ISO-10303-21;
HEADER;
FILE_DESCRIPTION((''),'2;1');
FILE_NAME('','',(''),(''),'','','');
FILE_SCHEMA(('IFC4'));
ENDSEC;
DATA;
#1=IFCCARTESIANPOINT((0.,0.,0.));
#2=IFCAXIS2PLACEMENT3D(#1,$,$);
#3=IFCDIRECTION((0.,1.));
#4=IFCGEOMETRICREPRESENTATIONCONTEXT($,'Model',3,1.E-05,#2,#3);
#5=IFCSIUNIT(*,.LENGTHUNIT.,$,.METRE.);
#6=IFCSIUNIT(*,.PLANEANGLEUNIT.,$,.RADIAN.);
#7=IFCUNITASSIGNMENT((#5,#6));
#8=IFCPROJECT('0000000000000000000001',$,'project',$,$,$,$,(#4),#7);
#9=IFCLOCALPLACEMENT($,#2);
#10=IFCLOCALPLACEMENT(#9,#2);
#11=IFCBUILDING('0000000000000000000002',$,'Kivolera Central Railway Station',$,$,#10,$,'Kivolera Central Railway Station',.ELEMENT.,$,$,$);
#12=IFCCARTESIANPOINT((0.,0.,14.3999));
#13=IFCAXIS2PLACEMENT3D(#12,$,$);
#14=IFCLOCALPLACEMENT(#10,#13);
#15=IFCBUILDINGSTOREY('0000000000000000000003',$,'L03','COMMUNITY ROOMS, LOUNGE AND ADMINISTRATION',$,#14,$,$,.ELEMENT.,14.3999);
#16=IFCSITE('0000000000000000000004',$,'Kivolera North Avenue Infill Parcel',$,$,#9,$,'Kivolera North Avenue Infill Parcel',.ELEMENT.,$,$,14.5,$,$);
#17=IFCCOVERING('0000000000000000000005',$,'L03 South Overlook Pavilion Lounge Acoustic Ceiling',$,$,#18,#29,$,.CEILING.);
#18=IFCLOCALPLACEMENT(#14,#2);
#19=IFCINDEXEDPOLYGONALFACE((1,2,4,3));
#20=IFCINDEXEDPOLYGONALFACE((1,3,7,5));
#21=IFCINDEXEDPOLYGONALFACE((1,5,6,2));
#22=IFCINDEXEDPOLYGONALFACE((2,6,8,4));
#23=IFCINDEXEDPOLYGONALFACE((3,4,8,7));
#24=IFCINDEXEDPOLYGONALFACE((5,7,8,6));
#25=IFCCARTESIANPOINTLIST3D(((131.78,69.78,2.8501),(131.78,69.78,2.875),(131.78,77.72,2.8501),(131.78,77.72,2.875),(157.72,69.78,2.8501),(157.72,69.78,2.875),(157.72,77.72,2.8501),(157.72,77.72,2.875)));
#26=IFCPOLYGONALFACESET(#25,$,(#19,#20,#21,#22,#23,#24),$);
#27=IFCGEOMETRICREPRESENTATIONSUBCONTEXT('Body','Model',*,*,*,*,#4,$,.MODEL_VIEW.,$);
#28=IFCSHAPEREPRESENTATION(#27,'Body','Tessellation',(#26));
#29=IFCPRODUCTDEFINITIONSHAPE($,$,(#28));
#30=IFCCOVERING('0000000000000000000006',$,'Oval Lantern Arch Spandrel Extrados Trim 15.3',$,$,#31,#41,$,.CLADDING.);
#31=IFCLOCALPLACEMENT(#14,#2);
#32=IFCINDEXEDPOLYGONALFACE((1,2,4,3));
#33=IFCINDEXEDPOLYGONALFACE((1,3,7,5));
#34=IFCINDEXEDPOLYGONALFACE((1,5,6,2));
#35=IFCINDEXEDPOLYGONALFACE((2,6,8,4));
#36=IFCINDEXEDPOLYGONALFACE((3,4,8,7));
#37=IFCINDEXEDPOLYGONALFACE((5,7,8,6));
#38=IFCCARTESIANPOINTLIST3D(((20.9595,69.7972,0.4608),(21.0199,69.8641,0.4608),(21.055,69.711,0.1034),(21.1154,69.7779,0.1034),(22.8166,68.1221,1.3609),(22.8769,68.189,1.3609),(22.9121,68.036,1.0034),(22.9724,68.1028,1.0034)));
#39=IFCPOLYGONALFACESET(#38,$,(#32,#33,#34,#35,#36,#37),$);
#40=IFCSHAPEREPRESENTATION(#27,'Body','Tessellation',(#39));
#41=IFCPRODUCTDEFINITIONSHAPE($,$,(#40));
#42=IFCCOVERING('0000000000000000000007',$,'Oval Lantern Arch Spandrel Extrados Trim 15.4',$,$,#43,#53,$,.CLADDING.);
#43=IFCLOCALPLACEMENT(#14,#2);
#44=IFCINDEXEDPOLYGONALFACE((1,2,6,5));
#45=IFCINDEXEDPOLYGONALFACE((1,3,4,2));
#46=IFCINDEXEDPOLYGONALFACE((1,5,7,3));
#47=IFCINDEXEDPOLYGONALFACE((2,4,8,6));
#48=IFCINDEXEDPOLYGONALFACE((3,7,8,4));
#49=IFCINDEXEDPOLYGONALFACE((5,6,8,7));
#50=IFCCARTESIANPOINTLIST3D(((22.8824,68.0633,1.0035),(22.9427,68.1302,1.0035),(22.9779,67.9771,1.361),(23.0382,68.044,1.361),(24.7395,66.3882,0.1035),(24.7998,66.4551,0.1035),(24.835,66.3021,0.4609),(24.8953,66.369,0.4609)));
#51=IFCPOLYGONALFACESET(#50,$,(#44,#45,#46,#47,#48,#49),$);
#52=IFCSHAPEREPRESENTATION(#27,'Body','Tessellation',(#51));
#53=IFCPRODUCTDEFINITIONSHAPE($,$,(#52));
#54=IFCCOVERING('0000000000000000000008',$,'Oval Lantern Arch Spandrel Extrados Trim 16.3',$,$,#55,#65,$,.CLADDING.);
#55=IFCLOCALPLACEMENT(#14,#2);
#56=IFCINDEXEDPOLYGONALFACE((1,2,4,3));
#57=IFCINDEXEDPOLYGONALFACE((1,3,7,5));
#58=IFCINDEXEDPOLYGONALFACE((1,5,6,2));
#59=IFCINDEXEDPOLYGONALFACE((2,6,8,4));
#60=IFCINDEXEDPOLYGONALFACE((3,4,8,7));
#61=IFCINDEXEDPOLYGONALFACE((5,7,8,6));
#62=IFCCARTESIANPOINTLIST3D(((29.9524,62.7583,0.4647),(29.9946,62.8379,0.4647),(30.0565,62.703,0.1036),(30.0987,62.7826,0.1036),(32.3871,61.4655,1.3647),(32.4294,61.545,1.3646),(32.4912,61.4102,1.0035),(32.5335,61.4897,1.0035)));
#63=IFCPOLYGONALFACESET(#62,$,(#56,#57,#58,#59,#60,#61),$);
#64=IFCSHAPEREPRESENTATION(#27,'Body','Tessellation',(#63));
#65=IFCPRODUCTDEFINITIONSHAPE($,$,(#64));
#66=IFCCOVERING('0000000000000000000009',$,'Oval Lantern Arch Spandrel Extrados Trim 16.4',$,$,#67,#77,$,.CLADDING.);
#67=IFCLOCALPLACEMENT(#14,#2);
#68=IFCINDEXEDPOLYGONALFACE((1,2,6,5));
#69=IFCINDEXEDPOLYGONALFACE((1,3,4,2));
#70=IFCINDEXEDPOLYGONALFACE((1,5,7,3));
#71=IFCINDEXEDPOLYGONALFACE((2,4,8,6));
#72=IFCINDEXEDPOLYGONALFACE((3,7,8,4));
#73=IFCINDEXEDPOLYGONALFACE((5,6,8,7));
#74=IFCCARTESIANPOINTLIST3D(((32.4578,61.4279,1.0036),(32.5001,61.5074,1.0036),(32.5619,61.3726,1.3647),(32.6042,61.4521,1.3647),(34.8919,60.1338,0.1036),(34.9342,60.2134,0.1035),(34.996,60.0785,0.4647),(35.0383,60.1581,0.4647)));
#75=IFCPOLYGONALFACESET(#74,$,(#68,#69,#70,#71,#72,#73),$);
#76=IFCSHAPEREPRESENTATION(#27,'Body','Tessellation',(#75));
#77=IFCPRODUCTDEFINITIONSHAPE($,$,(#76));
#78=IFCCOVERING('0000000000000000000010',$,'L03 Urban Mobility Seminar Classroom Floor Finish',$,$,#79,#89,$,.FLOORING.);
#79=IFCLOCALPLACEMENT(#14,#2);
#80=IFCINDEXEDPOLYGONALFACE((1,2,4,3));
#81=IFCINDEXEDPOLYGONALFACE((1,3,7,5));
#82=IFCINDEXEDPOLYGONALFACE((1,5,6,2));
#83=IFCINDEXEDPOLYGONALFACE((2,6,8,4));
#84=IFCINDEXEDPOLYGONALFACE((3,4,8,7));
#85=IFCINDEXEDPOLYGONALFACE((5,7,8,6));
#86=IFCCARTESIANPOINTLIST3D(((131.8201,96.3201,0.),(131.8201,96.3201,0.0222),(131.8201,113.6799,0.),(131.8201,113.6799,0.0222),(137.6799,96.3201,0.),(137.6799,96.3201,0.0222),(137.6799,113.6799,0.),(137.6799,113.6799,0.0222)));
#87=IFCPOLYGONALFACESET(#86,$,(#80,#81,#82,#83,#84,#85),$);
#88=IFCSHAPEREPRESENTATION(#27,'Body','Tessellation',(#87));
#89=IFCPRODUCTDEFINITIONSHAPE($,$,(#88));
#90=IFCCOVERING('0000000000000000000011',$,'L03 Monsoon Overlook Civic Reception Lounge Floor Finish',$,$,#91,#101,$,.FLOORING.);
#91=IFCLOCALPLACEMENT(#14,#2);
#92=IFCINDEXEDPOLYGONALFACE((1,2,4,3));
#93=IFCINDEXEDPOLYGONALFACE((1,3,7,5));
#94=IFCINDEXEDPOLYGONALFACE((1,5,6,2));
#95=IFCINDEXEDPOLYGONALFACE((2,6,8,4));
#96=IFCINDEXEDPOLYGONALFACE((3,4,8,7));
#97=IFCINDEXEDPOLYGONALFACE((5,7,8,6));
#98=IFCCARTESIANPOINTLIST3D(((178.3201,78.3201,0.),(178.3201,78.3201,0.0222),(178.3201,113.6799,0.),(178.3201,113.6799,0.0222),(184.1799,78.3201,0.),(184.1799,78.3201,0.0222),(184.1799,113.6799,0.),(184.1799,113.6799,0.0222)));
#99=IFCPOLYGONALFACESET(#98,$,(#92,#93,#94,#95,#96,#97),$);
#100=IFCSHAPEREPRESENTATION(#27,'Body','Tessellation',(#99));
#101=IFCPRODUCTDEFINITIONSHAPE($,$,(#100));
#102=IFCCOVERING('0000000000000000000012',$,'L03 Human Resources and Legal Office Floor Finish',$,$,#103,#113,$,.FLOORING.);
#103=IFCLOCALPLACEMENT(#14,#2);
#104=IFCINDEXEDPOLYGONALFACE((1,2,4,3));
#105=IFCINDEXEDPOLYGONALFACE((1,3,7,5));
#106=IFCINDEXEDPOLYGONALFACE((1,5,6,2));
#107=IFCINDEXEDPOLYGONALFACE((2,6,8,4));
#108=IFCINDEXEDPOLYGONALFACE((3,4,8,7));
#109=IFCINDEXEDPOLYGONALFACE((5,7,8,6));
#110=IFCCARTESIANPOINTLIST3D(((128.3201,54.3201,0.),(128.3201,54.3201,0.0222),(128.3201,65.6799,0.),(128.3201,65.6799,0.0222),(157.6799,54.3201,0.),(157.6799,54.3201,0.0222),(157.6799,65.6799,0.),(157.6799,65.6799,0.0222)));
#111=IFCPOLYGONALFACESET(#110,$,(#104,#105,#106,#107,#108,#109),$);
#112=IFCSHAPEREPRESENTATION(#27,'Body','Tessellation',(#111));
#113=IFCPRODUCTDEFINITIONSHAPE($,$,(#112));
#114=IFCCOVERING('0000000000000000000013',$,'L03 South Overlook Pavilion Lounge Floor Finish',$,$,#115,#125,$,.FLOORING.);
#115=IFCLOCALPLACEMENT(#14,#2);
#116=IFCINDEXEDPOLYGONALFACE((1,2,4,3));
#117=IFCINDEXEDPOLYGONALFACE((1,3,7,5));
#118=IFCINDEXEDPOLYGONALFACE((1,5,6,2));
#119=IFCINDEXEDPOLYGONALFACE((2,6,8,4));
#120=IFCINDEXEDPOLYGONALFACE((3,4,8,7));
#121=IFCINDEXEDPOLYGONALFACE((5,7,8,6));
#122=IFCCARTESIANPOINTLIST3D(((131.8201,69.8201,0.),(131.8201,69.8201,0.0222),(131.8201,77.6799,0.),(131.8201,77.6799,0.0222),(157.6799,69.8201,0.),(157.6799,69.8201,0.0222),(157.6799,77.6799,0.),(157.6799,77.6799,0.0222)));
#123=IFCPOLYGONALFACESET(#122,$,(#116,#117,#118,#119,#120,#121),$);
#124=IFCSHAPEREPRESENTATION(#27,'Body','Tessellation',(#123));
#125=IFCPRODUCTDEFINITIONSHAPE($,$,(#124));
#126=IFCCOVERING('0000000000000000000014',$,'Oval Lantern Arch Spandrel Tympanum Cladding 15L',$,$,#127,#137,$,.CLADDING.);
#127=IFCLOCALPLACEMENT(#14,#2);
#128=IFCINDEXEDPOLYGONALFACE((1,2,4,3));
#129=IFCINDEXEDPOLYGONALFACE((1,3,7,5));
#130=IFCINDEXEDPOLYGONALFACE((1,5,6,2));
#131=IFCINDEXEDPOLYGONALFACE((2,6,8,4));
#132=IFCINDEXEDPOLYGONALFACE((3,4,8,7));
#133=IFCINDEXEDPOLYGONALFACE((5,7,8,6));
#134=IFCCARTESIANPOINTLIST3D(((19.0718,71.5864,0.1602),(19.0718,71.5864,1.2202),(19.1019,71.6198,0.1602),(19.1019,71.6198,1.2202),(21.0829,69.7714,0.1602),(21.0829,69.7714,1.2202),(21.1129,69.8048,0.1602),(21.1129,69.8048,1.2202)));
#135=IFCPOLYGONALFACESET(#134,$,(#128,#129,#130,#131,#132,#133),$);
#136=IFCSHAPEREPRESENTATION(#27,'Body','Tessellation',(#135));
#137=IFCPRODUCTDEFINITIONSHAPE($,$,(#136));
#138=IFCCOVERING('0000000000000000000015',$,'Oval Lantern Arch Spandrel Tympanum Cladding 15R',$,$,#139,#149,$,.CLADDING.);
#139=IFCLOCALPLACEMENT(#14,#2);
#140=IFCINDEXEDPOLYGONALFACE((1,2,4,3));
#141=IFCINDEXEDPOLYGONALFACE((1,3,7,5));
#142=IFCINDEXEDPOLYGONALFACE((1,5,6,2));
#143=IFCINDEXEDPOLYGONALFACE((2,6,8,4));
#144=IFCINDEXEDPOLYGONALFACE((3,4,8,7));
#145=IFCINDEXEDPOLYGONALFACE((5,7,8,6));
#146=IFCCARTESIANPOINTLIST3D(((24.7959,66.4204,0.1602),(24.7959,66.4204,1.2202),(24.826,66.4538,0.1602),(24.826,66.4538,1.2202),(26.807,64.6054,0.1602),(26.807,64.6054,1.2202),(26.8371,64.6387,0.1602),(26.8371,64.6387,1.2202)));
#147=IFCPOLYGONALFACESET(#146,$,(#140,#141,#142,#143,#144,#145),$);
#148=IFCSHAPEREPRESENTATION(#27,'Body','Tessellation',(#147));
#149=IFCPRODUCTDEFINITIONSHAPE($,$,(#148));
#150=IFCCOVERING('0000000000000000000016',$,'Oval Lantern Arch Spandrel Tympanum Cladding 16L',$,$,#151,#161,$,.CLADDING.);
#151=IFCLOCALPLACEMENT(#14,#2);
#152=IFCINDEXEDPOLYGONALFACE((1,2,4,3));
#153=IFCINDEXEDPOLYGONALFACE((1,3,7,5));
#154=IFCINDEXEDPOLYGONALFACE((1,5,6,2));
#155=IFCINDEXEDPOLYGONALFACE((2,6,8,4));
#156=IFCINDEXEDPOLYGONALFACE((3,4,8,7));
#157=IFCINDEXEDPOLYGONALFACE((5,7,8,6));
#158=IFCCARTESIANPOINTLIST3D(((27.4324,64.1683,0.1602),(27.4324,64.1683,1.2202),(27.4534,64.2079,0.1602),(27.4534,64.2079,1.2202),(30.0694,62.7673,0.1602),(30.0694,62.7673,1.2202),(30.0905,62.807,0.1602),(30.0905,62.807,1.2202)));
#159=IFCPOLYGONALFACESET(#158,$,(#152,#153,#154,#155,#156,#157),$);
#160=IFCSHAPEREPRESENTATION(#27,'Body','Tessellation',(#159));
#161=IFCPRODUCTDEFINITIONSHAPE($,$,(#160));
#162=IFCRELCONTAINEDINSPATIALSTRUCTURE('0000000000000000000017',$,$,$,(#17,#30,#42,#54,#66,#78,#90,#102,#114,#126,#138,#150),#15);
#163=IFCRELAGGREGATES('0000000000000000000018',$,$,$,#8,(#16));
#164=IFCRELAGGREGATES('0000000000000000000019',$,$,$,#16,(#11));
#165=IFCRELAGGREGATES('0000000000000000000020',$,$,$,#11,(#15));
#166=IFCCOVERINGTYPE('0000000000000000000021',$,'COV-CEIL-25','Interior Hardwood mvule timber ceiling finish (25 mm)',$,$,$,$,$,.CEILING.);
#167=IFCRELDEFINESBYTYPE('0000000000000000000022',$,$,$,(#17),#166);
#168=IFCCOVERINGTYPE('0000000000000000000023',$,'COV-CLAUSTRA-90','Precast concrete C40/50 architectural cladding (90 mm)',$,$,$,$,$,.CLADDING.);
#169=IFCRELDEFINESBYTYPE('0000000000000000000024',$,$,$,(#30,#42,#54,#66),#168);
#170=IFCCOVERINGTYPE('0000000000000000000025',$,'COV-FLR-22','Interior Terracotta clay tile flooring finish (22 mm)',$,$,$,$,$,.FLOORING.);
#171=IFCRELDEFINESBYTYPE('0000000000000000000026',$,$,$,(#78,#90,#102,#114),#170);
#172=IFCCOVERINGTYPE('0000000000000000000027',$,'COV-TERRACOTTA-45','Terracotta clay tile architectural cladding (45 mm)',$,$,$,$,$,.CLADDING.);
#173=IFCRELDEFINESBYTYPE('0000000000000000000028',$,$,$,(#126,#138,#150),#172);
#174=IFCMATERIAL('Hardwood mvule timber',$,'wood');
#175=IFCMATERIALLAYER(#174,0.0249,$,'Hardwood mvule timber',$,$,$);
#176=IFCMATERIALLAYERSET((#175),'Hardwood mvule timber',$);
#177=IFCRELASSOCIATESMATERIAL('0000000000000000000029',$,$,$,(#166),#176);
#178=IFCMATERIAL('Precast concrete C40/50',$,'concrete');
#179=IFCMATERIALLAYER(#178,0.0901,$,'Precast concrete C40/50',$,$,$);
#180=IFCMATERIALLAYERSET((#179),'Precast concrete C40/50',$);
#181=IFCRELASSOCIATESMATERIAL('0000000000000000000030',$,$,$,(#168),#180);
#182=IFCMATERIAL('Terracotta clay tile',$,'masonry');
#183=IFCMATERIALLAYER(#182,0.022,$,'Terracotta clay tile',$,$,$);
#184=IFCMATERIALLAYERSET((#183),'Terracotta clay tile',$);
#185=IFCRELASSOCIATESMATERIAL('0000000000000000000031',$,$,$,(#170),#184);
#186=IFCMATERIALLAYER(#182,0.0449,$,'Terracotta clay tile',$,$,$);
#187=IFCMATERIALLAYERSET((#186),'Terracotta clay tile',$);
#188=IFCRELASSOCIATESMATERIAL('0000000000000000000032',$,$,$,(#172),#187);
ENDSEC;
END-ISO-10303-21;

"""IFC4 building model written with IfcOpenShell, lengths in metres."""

from ifc_helpers import new_model, si_unit, direction, frame, frame_2d, origin, origin_2d, place, context, subcontext, project, spatial, polyline, rectangle, outline, extrude, material, layer, layer_set, type_object, element, save


model = new_model("IFC4")

# Units and contexts
model_context = context("Model", 3, precision=1e-05, world=origin(), true_north=direction((0.0, 1.0)))
body_context = subcontext(model_context, "Body", "Model", "MODEL_VIEW")
ifc_project = project(units=[si_unit("LENGTHUNIT", "METRE"), si_unit("PLANEANGLEUNIT", "RADIAN")], contexts=[model_context])

# Site, building, storey
site_placement = place(None, origin())
site = spatial("IfcSite", under=ifc_project, at=site_placement, Name="Kivolera North Avenue Infill Parcel", LongName="Kivolera North Avenue Infill Parcel", CompositionType="ELEMENT", RefElevation=14.5)
building_placement = place(site_placement, origin())
building = spatial("IfcBuilding", under=site, at=building_placement, Name="Kivolera Central Railway Station", LongName="Kivolera Central Railway Station", CompositionType="ELEMENT")
storey_placement = place(building_placement, frame((0.0, 0.0, 14.3999)))
storey = spatial("IfcBuildingStorey", under=building, at=storey_placement, Name="L03", Description="COMMUNITY ROOMS, LOUNGE AND ADMINISTRATION", CompositionType="ELEMENT", Elevation=14.3999)

# Shared definitions
ifc_material_1 = material(Name="Precast concrete C40/50", Category="concrete")

# Coverings
ifc_material_2 = material(Name="Hardwood mvule timber", Category="wood")
ifc_layer_1 = layer(ifc_material_2, 0.0249, Name="Hardwood mvule timber")
ifc_layer_set_1 = layer_set([ifc_layer_1], Name="Hardwood mvule timber")
covering_type_1 = type_object("IfcCoveringType", Name="COV-CEIL-25", Description="Interior Hardwood mvule timber ceiling finish (25 mm)", PredefinedType="CEILING", material=ifc_layer_set_1)
covering_1_placement = place(storey_placement, frame((0.0, 0.0, 2.8501)))
element("IfcCovering", 1, at=covering_1_placement, inside=storey, type_object=covering_type_1, Name="L03 South Overlook Pavilion Lounge Acoustic Ceiling", PredefinedType="CEILING", context=body_context, shape_type="SweptSolid", body=[
    extrude(outline(polyline([(131.78, 69.78), (157.72, 69.78), (157.72, 77.72), (131.78, 77.72), (131.78, 69.78)])), origin(), (0.0, 0.0, 1.0), 0.0249),
])
ifc_layer_2 = layer(ifc_material_1, 0.0901, Name="Precast concrete C40/50")
ifc_layer_set_2 = layer_set([ifc_layer_2], Name="Precast concrete C40/50")
covering_type_2 = type_object("IfcCoveringType", Name="COV-CLAUSTRA-90", Description="Precast concrete C40/50 architectural cladding (90 mm)", PredefinedType="CLADDING", material=ifc_layer_set_2)
for number, where, z_axis, x_axis, name in (
    (2, (21.9661, 68.95, 0.7322), (0.69869, -0.630213, 0.338622), (-0.669922, -0.742431, 0.0), "Oval Lantern Arch Spandrel Extrados Trim 15.3"),
    (3, (23.8889, 67.2161, 0.7322), (0.69869, -0.630213, -0.338622), (-0.669922, -0.742431, 0.0), "Oval Lantern Arch Spandrel Extrados Trim 15.4"),
):
    element("IfcCovering", number, at=place(storey_placement, frame(where, z_axis=z_axis, x_axis=x_axis)), inside=storey, type_object=covering_type_2, Name=name, PredefinedType="CLADDING", context=body_context, shape_type="SweptSolid", body=[
        extrude(rectangle(XDim=0.0901, YDim=0.3799, at=origin_2d()), frame((0.0, 0.0, -1.3291)), (0.0, 0.0, 1.0), 2.658),
    ])
for number, where, z_axis, x_axis, name in (
    (4, (31.2429, 62.124, 0.7341), (0.839602, -0.445834, 0.310325), (-0.469119, -0.883135, 0.0), "Oval Lantern Arch Spandrel Extrados Trim 16.3"),
    (5, (33.748, 60.793, 0.7341), (0.839371, -0.446239, -0.310367), (-0.469119, -0.883135, 0.0), "Oval Lantern Arch Spandrel Extrados Trim 16.4"),
):
    element("IfcCovering", number, at=place(storey_placement, frame(where, z_axis=z_axis, x_axis=x_axis)), inside=storey, type_object=covering_type_2, Name=name, PredefinedType="CLADDING", context=body_context, shape_type="SweptSolid", body=[
        extrude(rectangle(XDim=0.0901, YDim=0.3799, at=origin_2d()), frame((0.0, 0.0, -1.45)), (0.0, 0.0, 1.0), 2.8999),
    ])
ifc_material_3 = material(Name="Terracotta clay tile", Category="masonry")
ifc_layer_3 = layer(ifc_material_3, 0.022, Name="Terracotta clay tile")
ifc_layer_set_3 = layer_set([ifc_layer_3], Name="Terracotta clay tile")
covering_type_3 = type_object("IfcCoveringType", Name="COV-FLR-22", Description="Interior Terracotta clay tile flooring finish (22 mm)", PredefinedType="FLOORING", material=ifc_layer_set_3)
covering_2_placement = place(storey_placement, origin())
element("IfcCovering", 6, at=covering_2_placement, inside=storey, type_object=covering_type_3, Name="L03 Urban Mobility Seminar Classroom Floor Finish", PredefinedType="FLOORING", context=body_context, shape_type="SweptSolid", body=[
    extrude(outline(polyline([(131.8201, 96.3201), (137.6799, 96.3201), (137.6799, 113.6799), (131.8201, 113.6799), (131.8201, 96.3201)])), origin(), (0.0, 0.0, 1.0), 0.0222),
])
covering_3_placement = place(storey_placement, origin())
element("IfcCovering", 7, at=covering_3_placement, inside=storey, type_object=covering_type_3, Name="L03 Monsoon Overlook Civic Reception Lounge Floor Finish", PredefinedType="FLOORING", context=body_context, shape_type="SweptSolid", body=[
    extrude(outline(polyline([(178.3201, 78.3201), (184.1799, 78.3201), (184.1799, 113.6799), (178.3201, 113.6799), (178.3201, 78.3201)])), origin(), (0.0, 0.0, 1.0), 0.0222),
])
covering_4_placement = place(storey_placement, origin())
element("IfcCovering", 8, at=covering_4_placement, inside=storey, type_object=covering_type_3, Name="L03 Human Resources and Legal Office Floor Finish", PredefinedType="FLOORING", context=body_context, shape_type="SweptSolid", body=[
    extrude(outline(polyline([(128.3201, 54.3201), (157.6799, 54.3201), (157.6799, 65.6799), (128.3201, 65.6799), (128.3201, 54.3201)])), origin(), (0.0, 0.0, 1.0), 0.0222),
])
covering_5_placement = place(storey_placement, origin())
element("IfcCovering", 9, at=covering_5_placement, inside=storey, type_object=covering_type_3, Name="L03 South Overlook Pavilion Lounge Floor Finish", PredefinedType="FLOORING", context=body_context, shape_type="SweptSolid", body=[
    extrude(outline(polyline([(131.8201, 69.8201), (157.6799, 69.8201), (157.6799, 77.6799), (131.8201, 77.6799), (131.8201, 69.8201)])), origin(), (0.0, 0.0, 1.0), 0.0222),
])
ifc_layer_4 = layer(ifc_material_3, 0.0449, Name="Terracotta clay tile")
ifc_layer_set_4 = layer_set([ifc_layer_4], Name="Terracotta clay tile")
covering_type_4 = type_object("IfcCoveringType", Name="COV-TERRACOTTA-45", Description="Terracotta clay tile architectural cladding (45 mm)", PredefinedType="CLADDING", material=ifc_layer_set_4)
for number, where, z_axis, x_axis, name in (
    (10, (21.0979, 69.7881, 0.1602), (0.0, 0.0, 1.0), (-0.742366, 0.669995, 0.0), "Oval Lantern Arch Spandrel Tympanum Cladding 15L"),
    (11, (26.822, 64.6221, 0.1602), (0.0, 0.0, 1.0), (-0.742366, 0.669995, 0.0), "Oval Lantern Arch Spandrel Tympanum Cladding 15R"),
):
    element("IfcCovering", number, at=place(storey_placement, frame(where, z_axis=z_axis, x_axis=x_axis)), inside=storey, type_object=covering_type_4, Name=name, PredefinedType="CLADDING", context=body_context, shape_type="SweptSolid", body=[
        extrude(rectangle(XDim=2.709, YDim=0.0449, at=frame_2d((1.3545, 0.0))), origin(), (0.0, 0.0, 1.0), 1.0601),
    ])
covering_6_placement = place(storey_placement, frame((30.0801, 62.7871, 0.1602), z_axis=(0.0, 0.0, 1.0), x_axis=(-0.883117, 0.469153, 0.0)))
element("IfcCovering", 12, at=covering_6_placement, inside=storey, type_object=covering_type_4, Name="Oval Lantern Arch Spandrel Tympanum Cladding 16L", PredefinedType="CLADDING", context=body_context, shape_type="SweptSolid", body=[
    extrude(rectangle(XDim=2.9861, YDim=0.0449, at=frame_2d((1.4932, 0.0))), origin(), (0.0, 0.0, 1.0), 1.0601),
])

save(model, "model.ifc")
